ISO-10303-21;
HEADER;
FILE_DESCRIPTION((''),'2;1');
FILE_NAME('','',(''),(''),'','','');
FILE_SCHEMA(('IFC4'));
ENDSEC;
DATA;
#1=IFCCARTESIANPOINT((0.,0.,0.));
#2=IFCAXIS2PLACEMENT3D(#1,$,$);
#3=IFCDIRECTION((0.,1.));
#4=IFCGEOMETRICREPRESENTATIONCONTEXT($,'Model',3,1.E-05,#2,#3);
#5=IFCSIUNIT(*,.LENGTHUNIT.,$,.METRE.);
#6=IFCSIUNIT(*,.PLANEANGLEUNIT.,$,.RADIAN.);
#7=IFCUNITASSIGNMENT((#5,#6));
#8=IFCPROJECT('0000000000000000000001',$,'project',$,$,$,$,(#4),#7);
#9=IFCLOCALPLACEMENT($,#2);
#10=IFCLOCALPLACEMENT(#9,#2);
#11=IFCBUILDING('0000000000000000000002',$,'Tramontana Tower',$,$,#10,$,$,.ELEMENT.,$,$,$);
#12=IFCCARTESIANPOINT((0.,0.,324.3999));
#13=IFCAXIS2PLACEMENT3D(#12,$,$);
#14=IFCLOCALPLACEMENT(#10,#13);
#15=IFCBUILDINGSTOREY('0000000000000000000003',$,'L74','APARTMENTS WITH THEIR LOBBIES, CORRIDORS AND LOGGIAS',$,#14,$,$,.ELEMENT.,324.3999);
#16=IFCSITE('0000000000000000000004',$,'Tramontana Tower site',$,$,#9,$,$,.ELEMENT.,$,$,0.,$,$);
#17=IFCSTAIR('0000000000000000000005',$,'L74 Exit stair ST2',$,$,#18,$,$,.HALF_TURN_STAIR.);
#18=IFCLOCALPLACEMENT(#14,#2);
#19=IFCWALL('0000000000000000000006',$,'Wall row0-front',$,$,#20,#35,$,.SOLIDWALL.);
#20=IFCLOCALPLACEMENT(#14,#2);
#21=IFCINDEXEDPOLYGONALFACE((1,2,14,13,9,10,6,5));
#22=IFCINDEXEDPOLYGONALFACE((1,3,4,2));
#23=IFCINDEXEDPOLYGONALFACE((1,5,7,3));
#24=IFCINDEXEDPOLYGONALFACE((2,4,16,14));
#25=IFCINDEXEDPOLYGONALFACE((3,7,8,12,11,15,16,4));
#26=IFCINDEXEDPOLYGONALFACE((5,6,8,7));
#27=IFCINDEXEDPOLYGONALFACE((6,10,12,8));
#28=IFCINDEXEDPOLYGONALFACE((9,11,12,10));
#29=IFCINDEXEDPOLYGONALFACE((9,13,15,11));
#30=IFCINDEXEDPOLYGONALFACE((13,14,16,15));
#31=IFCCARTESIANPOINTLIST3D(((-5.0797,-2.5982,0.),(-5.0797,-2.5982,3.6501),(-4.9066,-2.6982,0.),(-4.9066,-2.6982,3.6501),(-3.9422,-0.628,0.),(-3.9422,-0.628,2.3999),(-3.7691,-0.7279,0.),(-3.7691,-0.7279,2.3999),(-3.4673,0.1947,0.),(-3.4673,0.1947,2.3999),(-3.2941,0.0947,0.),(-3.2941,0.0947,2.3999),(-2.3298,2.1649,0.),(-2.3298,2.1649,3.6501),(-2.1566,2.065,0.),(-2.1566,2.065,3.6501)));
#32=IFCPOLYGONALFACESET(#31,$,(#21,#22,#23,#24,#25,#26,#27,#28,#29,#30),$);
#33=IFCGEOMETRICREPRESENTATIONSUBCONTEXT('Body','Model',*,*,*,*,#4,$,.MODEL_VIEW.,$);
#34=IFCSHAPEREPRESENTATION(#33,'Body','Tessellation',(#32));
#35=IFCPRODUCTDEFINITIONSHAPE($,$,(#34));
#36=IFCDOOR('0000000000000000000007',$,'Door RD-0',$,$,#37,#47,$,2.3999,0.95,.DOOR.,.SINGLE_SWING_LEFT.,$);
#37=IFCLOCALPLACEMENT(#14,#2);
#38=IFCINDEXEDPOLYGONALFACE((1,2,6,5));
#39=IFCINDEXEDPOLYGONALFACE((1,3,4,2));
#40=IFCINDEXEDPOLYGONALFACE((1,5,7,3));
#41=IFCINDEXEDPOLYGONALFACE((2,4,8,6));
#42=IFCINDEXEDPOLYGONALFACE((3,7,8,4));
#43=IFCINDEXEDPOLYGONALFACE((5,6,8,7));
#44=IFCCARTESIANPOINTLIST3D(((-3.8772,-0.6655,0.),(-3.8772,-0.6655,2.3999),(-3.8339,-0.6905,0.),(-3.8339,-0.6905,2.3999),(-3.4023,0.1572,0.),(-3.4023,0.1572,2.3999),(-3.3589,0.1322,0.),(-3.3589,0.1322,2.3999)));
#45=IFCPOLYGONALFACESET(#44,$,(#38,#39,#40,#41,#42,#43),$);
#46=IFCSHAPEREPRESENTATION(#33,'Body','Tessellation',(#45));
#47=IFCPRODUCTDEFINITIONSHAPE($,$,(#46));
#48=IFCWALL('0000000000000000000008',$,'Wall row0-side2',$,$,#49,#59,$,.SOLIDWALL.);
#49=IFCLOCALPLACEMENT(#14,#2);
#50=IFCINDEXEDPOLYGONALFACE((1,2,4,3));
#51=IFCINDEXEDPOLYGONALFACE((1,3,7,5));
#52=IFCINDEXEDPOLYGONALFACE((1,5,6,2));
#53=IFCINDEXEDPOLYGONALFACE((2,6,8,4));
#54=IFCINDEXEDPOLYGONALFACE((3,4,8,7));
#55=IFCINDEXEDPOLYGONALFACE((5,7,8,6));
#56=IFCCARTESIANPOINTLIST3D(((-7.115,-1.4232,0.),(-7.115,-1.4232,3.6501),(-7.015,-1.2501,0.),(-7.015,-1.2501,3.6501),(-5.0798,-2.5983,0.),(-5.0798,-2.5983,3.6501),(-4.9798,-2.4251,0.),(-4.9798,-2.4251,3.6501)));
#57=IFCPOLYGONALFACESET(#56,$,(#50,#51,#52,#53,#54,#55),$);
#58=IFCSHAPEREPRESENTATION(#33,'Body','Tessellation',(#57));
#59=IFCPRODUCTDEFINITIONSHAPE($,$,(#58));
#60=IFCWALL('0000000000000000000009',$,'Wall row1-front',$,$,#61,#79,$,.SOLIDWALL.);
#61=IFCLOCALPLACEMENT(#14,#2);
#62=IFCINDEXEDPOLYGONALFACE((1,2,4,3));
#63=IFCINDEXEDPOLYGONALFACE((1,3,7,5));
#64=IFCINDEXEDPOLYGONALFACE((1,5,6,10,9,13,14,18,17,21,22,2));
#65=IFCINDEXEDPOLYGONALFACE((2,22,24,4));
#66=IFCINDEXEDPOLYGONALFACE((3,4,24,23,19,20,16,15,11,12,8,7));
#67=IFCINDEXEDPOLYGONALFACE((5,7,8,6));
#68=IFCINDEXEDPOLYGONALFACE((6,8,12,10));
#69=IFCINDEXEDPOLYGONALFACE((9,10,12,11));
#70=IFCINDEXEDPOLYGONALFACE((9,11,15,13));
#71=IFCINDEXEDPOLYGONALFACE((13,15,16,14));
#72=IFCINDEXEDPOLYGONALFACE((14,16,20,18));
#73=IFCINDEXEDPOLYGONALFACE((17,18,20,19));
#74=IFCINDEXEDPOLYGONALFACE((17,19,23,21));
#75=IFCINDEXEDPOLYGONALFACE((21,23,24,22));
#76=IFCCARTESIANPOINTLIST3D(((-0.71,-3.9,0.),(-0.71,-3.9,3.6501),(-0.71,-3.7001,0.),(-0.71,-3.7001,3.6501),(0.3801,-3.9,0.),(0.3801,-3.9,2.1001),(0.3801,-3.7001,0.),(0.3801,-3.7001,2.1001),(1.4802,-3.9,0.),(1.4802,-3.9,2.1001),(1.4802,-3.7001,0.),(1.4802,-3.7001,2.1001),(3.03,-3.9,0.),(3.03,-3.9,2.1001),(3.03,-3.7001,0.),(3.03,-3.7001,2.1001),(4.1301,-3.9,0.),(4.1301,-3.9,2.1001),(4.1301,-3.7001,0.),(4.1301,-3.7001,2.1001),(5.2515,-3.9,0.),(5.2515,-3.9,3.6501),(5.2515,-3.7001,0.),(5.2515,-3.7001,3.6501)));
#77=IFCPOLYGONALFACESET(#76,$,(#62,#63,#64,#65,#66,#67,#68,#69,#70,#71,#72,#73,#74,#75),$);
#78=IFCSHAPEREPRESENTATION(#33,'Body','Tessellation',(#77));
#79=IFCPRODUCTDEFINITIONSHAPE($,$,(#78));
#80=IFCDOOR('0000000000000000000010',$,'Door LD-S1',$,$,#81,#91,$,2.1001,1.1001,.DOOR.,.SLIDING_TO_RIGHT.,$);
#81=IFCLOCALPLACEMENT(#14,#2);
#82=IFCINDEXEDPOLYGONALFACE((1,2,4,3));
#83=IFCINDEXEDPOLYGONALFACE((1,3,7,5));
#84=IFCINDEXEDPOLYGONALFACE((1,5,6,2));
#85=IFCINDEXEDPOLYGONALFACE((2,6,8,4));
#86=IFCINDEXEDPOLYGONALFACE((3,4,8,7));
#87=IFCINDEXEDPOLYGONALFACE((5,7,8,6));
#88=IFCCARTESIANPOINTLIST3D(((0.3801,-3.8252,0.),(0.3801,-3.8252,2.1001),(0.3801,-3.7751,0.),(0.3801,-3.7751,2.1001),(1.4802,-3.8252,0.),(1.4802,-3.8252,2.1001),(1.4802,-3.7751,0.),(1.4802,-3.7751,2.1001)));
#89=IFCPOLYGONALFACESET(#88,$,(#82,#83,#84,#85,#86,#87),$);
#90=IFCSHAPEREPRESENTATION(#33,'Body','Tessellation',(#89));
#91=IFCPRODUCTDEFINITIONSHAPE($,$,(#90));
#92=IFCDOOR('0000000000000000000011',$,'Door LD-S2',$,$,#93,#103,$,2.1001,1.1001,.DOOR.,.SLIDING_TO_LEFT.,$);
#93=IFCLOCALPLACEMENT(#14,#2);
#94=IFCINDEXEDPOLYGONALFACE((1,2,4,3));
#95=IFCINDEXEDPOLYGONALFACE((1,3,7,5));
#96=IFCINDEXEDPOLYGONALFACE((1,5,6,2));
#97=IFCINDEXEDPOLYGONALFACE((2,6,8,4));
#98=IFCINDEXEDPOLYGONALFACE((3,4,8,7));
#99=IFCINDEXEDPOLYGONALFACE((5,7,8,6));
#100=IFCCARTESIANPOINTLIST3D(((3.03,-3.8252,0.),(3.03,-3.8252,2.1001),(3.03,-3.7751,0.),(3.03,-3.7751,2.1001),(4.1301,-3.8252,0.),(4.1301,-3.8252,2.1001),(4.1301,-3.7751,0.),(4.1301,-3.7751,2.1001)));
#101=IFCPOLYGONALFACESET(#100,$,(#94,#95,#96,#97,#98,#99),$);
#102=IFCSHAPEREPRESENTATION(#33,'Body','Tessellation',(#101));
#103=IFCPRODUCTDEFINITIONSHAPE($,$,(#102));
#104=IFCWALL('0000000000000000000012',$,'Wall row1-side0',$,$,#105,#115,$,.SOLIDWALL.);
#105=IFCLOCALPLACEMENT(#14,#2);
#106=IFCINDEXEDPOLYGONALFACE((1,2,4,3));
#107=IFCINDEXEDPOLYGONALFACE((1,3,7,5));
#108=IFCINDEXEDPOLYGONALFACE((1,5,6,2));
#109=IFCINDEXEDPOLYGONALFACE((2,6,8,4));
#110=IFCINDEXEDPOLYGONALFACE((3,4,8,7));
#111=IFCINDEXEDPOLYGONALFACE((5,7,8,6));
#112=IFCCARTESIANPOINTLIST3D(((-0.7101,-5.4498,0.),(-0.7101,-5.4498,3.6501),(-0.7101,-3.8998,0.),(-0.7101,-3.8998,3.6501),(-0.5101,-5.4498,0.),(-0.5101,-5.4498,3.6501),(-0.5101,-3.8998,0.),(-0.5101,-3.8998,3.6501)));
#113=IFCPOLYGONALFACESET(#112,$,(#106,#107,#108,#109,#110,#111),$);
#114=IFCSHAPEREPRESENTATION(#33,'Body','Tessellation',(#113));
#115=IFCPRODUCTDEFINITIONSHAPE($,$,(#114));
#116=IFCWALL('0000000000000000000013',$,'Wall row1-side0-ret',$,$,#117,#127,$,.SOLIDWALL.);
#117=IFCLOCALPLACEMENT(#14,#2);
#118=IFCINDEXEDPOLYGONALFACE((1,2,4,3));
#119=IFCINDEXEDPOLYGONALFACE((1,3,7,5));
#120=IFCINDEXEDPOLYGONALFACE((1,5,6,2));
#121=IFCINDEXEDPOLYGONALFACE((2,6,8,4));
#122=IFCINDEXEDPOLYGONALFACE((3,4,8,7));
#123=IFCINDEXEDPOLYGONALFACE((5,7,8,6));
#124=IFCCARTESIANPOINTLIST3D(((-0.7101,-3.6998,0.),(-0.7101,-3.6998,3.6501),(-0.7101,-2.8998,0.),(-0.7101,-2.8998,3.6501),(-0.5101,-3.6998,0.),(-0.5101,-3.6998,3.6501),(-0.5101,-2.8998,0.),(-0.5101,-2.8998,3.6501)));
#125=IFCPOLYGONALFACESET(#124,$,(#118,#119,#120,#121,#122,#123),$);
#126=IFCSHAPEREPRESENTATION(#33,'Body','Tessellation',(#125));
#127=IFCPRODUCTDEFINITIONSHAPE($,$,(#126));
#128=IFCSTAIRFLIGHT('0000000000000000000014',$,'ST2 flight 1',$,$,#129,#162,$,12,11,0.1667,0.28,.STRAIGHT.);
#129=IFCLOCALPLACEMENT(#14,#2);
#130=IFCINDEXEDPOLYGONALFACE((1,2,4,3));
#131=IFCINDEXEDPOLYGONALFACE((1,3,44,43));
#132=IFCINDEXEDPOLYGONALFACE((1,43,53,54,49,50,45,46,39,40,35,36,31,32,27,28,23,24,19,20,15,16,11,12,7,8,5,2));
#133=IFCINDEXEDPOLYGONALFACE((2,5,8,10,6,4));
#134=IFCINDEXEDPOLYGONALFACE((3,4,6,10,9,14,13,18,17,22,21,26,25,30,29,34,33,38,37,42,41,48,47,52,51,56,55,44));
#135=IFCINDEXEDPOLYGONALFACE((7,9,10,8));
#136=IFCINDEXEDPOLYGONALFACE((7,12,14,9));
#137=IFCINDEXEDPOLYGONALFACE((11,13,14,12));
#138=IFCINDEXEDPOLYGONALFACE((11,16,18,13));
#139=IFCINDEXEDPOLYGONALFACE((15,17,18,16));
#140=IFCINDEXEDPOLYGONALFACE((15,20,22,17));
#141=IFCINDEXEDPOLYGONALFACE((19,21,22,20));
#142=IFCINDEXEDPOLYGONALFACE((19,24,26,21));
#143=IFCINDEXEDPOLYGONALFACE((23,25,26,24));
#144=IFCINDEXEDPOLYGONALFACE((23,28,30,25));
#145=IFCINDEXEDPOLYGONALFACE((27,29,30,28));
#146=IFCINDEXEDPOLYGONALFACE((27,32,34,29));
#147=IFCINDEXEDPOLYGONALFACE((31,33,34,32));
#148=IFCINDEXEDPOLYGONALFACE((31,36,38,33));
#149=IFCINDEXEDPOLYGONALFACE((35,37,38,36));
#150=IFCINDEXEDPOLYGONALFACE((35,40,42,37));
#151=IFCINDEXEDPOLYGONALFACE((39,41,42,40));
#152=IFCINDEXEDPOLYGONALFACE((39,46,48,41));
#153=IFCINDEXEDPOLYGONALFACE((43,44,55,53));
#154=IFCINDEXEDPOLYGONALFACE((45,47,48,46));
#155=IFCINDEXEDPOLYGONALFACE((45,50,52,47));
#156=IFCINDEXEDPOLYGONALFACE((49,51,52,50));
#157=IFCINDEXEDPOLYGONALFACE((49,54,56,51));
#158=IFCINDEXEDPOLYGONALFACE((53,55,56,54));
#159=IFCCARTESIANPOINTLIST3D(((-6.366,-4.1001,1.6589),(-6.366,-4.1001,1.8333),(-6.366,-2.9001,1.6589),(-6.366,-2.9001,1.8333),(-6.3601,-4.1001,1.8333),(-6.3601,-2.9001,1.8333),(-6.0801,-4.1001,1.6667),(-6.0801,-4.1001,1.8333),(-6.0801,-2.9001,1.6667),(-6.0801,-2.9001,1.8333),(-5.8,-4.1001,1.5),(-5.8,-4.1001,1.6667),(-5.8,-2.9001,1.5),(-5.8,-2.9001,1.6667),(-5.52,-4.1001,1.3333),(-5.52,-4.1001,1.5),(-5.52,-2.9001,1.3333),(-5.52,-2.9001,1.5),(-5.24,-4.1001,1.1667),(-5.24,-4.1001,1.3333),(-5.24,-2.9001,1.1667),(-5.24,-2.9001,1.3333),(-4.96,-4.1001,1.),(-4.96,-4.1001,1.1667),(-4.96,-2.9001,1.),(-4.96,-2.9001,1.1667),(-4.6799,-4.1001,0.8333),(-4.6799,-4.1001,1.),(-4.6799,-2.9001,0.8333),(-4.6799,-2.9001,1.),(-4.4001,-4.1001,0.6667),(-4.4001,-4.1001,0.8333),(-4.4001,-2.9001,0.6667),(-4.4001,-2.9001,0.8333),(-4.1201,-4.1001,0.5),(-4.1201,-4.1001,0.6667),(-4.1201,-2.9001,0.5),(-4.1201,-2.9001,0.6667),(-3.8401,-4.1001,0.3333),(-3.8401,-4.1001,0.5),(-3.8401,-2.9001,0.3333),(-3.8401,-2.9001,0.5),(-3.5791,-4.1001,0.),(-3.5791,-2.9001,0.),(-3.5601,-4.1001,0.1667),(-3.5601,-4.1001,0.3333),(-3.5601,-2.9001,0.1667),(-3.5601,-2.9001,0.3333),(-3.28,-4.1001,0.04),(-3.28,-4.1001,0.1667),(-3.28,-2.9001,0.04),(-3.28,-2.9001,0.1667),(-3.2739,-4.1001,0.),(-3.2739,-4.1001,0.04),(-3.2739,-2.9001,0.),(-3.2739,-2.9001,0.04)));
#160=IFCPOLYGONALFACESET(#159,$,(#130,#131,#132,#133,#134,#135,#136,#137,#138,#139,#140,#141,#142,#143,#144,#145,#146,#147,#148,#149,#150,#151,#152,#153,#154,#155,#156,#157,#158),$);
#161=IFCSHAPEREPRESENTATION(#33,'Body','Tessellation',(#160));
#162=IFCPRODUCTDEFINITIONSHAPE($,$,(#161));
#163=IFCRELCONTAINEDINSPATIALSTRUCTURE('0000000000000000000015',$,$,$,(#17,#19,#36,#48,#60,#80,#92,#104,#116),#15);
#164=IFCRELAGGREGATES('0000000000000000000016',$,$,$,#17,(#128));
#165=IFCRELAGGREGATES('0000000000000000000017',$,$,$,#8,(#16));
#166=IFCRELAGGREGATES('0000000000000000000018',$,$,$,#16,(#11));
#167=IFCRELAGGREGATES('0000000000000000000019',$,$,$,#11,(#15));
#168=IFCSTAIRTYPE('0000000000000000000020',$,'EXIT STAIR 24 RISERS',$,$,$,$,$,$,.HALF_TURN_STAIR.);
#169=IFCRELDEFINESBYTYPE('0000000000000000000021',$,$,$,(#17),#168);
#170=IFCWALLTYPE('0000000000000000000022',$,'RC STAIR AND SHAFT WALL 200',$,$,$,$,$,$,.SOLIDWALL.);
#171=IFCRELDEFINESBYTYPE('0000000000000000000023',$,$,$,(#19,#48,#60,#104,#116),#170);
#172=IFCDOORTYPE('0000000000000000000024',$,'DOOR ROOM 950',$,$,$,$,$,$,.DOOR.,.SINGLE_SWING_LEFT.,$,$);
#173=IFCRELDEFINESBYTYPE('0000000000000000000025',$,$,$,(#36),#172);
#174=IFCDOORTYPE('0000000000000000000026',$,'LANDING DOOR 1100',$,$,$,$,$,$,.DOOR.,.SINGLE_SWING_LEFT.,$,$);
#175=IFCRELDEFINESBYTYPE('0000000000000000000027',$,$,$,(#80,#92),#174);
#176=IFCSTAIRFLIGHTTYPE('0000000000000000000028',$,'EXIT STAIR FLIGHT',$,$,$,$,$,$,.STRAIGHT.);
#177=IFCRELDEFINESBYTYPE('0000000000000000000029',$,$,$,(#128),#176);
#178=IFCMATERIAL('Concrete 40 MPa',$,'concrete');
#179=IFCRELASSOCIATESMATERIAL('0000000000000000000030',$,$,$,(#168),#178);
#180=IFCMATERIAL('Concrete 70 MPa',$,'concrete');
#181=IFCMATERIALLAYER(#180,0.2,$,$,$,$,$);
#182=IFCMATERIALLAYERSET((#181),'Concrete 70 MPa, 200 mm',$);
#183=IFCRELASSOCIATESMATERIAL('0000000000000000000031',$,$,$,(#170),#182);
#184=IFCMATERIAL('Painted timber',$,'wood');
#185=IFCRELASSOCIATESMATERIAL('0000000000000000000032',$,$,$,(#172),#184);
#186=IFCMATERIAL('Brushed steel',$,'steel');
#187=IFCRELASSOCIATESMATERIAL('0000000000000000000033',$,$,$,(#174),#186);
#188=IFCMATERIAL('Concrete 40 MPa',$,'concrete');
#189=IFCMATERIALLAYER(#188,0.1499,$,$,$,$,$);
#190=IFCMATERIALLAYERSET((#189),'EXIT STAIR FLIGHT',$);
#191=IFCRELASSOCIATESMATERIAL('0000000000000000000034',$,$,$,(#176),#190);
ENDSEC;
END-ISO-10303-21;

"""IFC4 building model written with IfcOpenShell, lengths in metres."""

from ifc_helpers import new_model, si_unit, direction, frame, frame_2d, origin, place, context, subcontext, project, spatial, polyline, rectangle, outline, extrude, material, layer, layer_set, type_object, element, fill, aggregate, save


model = new_model("IFC4")

# Units and contexts
model_context = context("Model", 3, precision=1e-05, world=origin(), true_north=direction((0.0, 1.0)))
body_context = subcontext(model_context, "Body", "Model", "MODEL_VIEW")
ifc_project = project(units=[si_unit("LENGTHUNIT", "METRE"), si_unit("PLANEANGLEUNIT", "RADIAN")], contexts=[model_context])

# Site, building, storey
site_placement = place(None, origin())
site = spatial("IfcSite", under=ifc_project, at=site_placement, Name="Tramontana Tower site", CompositionType="ELEMENT", RefElevation=0.0)
building_placement = place(site_placement, origin())
building = spatial("IfcBuilding", under=site, at=building_placement, Name="Tramontana Tower", CompositionType="ELEMENT")
storey_placement = place(building_placement, frame((0.0, 0.0, 324.3999)))
storey = spatial("IfcBuildingStorey", under=building, at=storey_placement, Name="L74", Description="APARTMENTS WITH THEIR LOBBIES, CORRIDORS AND LOGGIAS", CompositionType="ELEMENT", Elevation=324.3999)

# Stair
ifc_material_1 = material(Name="Concrete 40 MPa", Category="concrete")
stair_type = type_object("IfcStairType", Name="EXIT STAIR 24 RISERS", PredefinedType="HALF_TURN_STAIR", material=ifc_material_1)
stair_1_placement = place(storey_placement, origin())
stair_1 = element("IfcStair", 1, at=stair_1_placement, inside=storey, type_object=stair_type, Name="L74 Exit stair ST2", PredefinedType="HALF_TURN_STAIR")

# Wall, opening, door
ifc_material_2 = material(Name="Concrete 70 MPa", Category="concrete")
ifc_layer_1 = layer(ifc_material_2, 0.2)
ifc_layer_set_1 = layer_set([ifc_layer_1], Name="Concrete 70 MPa, 200 mm")
wall_type_1 = type_object("IfcWallType", Name="RC STAIR AND SHAFT WALL 200", PredefinedType="SOLIDWALL", material=ifc_layer_set_1)
wall_1_placement = place(storey_placement, frame((-4.9932, -2.6482, 0.0), z_axis=(0.0, 0.0, 1.0), x_axis=(0.499997, 0.866027, 0.0)))
wall_1 = element("IfcWall", 2, at=wall_1_placement, inside=storey, type_object=wall_type_1, Name="Wall row0-front", PredefinedType="SOLIDWALL", context=body_context, shape_type="SweptSolid", body=[
    extrude(rectangle(XDim=5.5, YDim=0.2, at=frame_2d((2.75, 0.0))), origin(), (0.0, 0.0, 1.0), 3.6501),
])
opening_1_placement = place(wall_1_placement, frame((2.2749, 0.0, 0.0)))
opening_1 = element("IfcOpeningElement", 3, at=opening_1_placement, cuts=wall_1, PredefinedType="OPENING", context=body_context, shape_type="SweptSolid", body=[
    extrude(rectangle(XDim=0.95, YDim=2.3999, at=frame_2d((0.4751, 1.2))), frame((0.0, 0.1099, 0.0), z_axis=(0.0, -1.0, 0.0), x_axis=(1.0, 0.0, 0.0)), (0.0, 0.0, 1.0), 0.22),
])
ifc_material_3 = material(Name="Painted timber", Category="wood")
door_type_1 = type_object("IfcDoorType", Name="DOOR ROOM 950", OperationType="SINGLE_SWING_LEFT", PredefinedType="DOOR", material=ifc_material_3)
door_1_placement = place(opening_1_placement, origin())
door_1 = element("IfcDoor", 4, at=door_1_placement, inside=storey, type_object=door_type_1, Name="Door RD-0", OperationType="SINGLE_SWING_LEFT", OverallHeight=2.3999, OverallWidth=0.95, PredefinedType="DOOR", context=body_context, shape_type="SweptSolid", body=[
    extrude(rectangle(XDim=0.95, YDim=2.3999, at=frame_2d((0.4751, 1.2))), frame((0.0, 0.0249, 0.0), z_axis=(0.0, -1.0, 0.0), x_axis=(1.0, 0.0, 0.0)), (0.0, 0.0, 1.0), 0.05),
])
fill(opening_1, door_1)

# Wall
wall_2_placement = place(storey_placement, frame((-5.0298, -2.5117, 0.0), z_axis=(0.0, 0.0, 1.0), x_axis=(-0.866016, 0.500016, 0.0)))
element("IfcWall", 5, at=wall_2_placement, inside=storey, type_object=wall_type_1, Name="Wall row0-side2", PredefinedType="SOLIDWALL", context=body_context, shape_type="SweptSolid", body=[
    extrude(rectangle(XDim=2.3501, YDim=0.2, at=frame_2d((1.175, 0.0))), origin(), (0.0, 0.0, 1.0), 3.6501),
])

# Wall, openings, doors
wall_3_placement = place(storey_placement, frame((-0.71, -3.8, 0.0), z_axis=(0.0, 0.0, 1.0), x_axis=(1.0, 0.0, 0.0)))
wall_3 = element("IfcWall", 6, at=wall_3_placement, inside=storey, type_object=wall_type_1, Name="Wall row1-front", PredefinedType="SOLIDWALL", context=body_context, shape_type="SweptSolid", body=[
    extrude(rectangle(XDim=5.9614, YDim=0.2, at=frame_2d((2.9807, 0.0))), origin(), (0.0, 0.0, 1.0), 3.6501),
])
opening_2_placement = place(wall_3_placement, frame((1.0901, 0.0, 0.0)))
opening_2 = element("IfcOpeningElement", 7, at=opening_2_placement, cuts=wall_3, PredefinedType="OPENING", context=body_context, shape_type="SweptSolid", body=[
    extrude(rectangle(XDim=1.1001, YDim=2.1001, at=frame_2d((0.55, 1.05))), frame((0.0, 0.1099, 0.0), z_axis=(0.0, -1.0, 0.0), x_axis=(1.0, 0.0, 0.0)), (0.0, 0.0, 1.0), 0.22),
])
opening_3_placement = place(wall_3_placement, frame((3.74, 0.0, 0.0)))
opening_3 = element("IfcOpeningElement", 8, at=opening_3_placement, cuts=wall_3, PredefinedType="OPENING", context=body_context, shape_type="SweptSolid", body=[
    extrude(rectangle(XDim=1.1001, YDim=2.1001, at=frame_2d((0.55, 1.05))), frame((0.0, 0.1099, 0.0), z_axis=(0.0, -1.0, 0.0), x_axis=(1.0, 0.0, 0.0)), (0.0, 0.0, 1.0), 0.22),
])
ifc_material_4 = material(Name="Brushed steel", Category="steel")
door_type_2 = type_object("IfcDoorType", Name="LANDING DOOR 1100", OperationType="SINGLE_SWING_LEFT", PredefinedType="DOOR", material=ifc_material_4)
door_2_placement = place(opening_2_placement, origin())
door_2 = element("IfcDoor", 9, at=door_2_placement, inside=storey, type_object=door_type_2, Name="Door LD-S1", OperationType="SLIDING_TO_RIGHT", OverallHeight=2.1001, OverallWidth=1.1001, PredefinedType="DOOR", context=body_context, shape_type="SweptSolid", body=[
    extrude(rectangle(XDim=1.1001, YDim=2.1001, at=frame_2d((0.55, 1.05))), frame((0.0, 0.0249, 0.0), z_axis=(0.0, -1.0, 0.0), x_axis=(1.0, 0.0, 0.0)), (0.0, 0.0, 1.0), 0.05),
])
fill(opening_2, door_2)
door_3_placement = place(opening_3_placement, origin())
door_3 = element("IfcDoor", 10, at=door_3_placement, inside=storey, type_object=door_type_2, Name="Door LD-S2", OperationType="SLIDING_TO_LEFT", OverallHeight=2.1001, OverallWidth=1.1001, PredefinedType="DOOR", context=body_context, shape_type="SweptSolid", body=[
    extrude(rectangle(XDim=1.1001, YDim=2.1001, at=frame_2d((0.55, 1.05))), frame((0.0, 0.0249, 0.0), z_axis=(0.0, -1.0, 0.0), x_axis=(1.0, 0.0, 0.0)), (0.0, 0.0, 1.0), 0.05),
])
fill(opening_3, door_3)

# Walls
wall_4_placement = place(storey_placement, frame((-0.6101, -3.8999, 0.0), z_axis=(0.0, 0.0, 1.0), x_axis=(0.0, -1.0, 0.0)))
element("IfcWall", 11, at=wall_4_placement, inside=storey, type_object=wall_type_1, Name="Wall row1-side0", PredefinedType="SOLIDWALL", context=body_context, shape_type="SweptSolid", body=[
    extrude(rectangle(XDim=1.55, YDim=0.2, at=frame_2d((0.7749, 0.0))), origin(), (0.0, 0.0, 1.0), 3.6501),
])
wall_5_placement = place(storey_placement, frame((-0.6101, -2.8999, 0.0), z_axis=(0.0, 0.0, 1.0), x_axis=(0.0, -1.0, 0.0)))
element("IfcWall", 12, at=wall_5_placement, inside=storey, type_object=wall_type_1, Name="Wall row1-side0-ret", PredefinedType="SOLIDWALL", context=body_context, shape_type="SweptSolid", body=[
    extrude(rectangle(XDim=0.8, YDim=0.2, at=frame_2d((0.3999, 0.0))), origin(), (0.0, 0.0, 1.0), 3.6501),
])

# Stair flight
ifc_material_5 = material(Name="Concrete 40 MPa", Category="concrete")
ifc_layer_2 = layer(ifc_material_5, 0.1499)
ifc_layer_set_2 = layer_set([ifc_layer_2], Name="EXIT STAIR FLIGHT")
stair_flight_type = type_object("IfcStairFlightType", Name="EXIT STAIR FLIGHT", PredefinedType="STRAIGHT", material=ifc_layer_set_2)
stair_flight_1_placement = place(storey_placement, frame((-3.28, -3.5, 0.0), z_axis=(0.0, 0.0, 1.0), x_axis=(-1.0, 0.0, 0.0)))
stair_flight_1 = element("IfcStairFlight", 13, at=stair_flight_1_placement, type_object=stair_flight_type, Name="ST2 flight 1", NumberOfRisers=12, NumberOfTreads=11, PredefinedType="STRAIGHT", RiserHeight=0.1667, TreadLength=0.28, context=body_context, shape_type="SweptSolid", body=[
    extrude(outline(polyline([(-0.0061, 0.0), (-0.0061, 0.04), (0.0, 0.04), (0.0, 0.1667), (0.28, 0.1667), (0.28, 0.3333), (0.5601, 0.3333), (0.5601, 0.5), (0.8401, 0.5), (0.8401, 0.6667), (1.1201, 0.6667), (1.1201, 0.8333), (1.3999, 0.8333), (1.3999, 1.0), (1.6799, 1.0), (1.6799, 1.1667), (1.96, 1.1667), (1.96, 1.3333), (2.24, 1.3333), (2.24, 1.5), (2.52, 1.5), (2.52, 1.6667), (2.8, 1.6667), (2.8, 1.8333), (3.0801, 1.8333), (3.0859, 1.8333), (3.0859, 1.6589), (0.2991, 0.0), (-0.0061, 0.0)])), frame((0.0, 0.6001, 0.0), z_axis=(0.0, -1.0, 0.0), x_axis=(1.0, 0.0, 0.0)), (0.0, 0.0, 1.0), 1.2),
])
aggregate(stair_1, [stair_flight_1])

save(model, "model.ifc")
